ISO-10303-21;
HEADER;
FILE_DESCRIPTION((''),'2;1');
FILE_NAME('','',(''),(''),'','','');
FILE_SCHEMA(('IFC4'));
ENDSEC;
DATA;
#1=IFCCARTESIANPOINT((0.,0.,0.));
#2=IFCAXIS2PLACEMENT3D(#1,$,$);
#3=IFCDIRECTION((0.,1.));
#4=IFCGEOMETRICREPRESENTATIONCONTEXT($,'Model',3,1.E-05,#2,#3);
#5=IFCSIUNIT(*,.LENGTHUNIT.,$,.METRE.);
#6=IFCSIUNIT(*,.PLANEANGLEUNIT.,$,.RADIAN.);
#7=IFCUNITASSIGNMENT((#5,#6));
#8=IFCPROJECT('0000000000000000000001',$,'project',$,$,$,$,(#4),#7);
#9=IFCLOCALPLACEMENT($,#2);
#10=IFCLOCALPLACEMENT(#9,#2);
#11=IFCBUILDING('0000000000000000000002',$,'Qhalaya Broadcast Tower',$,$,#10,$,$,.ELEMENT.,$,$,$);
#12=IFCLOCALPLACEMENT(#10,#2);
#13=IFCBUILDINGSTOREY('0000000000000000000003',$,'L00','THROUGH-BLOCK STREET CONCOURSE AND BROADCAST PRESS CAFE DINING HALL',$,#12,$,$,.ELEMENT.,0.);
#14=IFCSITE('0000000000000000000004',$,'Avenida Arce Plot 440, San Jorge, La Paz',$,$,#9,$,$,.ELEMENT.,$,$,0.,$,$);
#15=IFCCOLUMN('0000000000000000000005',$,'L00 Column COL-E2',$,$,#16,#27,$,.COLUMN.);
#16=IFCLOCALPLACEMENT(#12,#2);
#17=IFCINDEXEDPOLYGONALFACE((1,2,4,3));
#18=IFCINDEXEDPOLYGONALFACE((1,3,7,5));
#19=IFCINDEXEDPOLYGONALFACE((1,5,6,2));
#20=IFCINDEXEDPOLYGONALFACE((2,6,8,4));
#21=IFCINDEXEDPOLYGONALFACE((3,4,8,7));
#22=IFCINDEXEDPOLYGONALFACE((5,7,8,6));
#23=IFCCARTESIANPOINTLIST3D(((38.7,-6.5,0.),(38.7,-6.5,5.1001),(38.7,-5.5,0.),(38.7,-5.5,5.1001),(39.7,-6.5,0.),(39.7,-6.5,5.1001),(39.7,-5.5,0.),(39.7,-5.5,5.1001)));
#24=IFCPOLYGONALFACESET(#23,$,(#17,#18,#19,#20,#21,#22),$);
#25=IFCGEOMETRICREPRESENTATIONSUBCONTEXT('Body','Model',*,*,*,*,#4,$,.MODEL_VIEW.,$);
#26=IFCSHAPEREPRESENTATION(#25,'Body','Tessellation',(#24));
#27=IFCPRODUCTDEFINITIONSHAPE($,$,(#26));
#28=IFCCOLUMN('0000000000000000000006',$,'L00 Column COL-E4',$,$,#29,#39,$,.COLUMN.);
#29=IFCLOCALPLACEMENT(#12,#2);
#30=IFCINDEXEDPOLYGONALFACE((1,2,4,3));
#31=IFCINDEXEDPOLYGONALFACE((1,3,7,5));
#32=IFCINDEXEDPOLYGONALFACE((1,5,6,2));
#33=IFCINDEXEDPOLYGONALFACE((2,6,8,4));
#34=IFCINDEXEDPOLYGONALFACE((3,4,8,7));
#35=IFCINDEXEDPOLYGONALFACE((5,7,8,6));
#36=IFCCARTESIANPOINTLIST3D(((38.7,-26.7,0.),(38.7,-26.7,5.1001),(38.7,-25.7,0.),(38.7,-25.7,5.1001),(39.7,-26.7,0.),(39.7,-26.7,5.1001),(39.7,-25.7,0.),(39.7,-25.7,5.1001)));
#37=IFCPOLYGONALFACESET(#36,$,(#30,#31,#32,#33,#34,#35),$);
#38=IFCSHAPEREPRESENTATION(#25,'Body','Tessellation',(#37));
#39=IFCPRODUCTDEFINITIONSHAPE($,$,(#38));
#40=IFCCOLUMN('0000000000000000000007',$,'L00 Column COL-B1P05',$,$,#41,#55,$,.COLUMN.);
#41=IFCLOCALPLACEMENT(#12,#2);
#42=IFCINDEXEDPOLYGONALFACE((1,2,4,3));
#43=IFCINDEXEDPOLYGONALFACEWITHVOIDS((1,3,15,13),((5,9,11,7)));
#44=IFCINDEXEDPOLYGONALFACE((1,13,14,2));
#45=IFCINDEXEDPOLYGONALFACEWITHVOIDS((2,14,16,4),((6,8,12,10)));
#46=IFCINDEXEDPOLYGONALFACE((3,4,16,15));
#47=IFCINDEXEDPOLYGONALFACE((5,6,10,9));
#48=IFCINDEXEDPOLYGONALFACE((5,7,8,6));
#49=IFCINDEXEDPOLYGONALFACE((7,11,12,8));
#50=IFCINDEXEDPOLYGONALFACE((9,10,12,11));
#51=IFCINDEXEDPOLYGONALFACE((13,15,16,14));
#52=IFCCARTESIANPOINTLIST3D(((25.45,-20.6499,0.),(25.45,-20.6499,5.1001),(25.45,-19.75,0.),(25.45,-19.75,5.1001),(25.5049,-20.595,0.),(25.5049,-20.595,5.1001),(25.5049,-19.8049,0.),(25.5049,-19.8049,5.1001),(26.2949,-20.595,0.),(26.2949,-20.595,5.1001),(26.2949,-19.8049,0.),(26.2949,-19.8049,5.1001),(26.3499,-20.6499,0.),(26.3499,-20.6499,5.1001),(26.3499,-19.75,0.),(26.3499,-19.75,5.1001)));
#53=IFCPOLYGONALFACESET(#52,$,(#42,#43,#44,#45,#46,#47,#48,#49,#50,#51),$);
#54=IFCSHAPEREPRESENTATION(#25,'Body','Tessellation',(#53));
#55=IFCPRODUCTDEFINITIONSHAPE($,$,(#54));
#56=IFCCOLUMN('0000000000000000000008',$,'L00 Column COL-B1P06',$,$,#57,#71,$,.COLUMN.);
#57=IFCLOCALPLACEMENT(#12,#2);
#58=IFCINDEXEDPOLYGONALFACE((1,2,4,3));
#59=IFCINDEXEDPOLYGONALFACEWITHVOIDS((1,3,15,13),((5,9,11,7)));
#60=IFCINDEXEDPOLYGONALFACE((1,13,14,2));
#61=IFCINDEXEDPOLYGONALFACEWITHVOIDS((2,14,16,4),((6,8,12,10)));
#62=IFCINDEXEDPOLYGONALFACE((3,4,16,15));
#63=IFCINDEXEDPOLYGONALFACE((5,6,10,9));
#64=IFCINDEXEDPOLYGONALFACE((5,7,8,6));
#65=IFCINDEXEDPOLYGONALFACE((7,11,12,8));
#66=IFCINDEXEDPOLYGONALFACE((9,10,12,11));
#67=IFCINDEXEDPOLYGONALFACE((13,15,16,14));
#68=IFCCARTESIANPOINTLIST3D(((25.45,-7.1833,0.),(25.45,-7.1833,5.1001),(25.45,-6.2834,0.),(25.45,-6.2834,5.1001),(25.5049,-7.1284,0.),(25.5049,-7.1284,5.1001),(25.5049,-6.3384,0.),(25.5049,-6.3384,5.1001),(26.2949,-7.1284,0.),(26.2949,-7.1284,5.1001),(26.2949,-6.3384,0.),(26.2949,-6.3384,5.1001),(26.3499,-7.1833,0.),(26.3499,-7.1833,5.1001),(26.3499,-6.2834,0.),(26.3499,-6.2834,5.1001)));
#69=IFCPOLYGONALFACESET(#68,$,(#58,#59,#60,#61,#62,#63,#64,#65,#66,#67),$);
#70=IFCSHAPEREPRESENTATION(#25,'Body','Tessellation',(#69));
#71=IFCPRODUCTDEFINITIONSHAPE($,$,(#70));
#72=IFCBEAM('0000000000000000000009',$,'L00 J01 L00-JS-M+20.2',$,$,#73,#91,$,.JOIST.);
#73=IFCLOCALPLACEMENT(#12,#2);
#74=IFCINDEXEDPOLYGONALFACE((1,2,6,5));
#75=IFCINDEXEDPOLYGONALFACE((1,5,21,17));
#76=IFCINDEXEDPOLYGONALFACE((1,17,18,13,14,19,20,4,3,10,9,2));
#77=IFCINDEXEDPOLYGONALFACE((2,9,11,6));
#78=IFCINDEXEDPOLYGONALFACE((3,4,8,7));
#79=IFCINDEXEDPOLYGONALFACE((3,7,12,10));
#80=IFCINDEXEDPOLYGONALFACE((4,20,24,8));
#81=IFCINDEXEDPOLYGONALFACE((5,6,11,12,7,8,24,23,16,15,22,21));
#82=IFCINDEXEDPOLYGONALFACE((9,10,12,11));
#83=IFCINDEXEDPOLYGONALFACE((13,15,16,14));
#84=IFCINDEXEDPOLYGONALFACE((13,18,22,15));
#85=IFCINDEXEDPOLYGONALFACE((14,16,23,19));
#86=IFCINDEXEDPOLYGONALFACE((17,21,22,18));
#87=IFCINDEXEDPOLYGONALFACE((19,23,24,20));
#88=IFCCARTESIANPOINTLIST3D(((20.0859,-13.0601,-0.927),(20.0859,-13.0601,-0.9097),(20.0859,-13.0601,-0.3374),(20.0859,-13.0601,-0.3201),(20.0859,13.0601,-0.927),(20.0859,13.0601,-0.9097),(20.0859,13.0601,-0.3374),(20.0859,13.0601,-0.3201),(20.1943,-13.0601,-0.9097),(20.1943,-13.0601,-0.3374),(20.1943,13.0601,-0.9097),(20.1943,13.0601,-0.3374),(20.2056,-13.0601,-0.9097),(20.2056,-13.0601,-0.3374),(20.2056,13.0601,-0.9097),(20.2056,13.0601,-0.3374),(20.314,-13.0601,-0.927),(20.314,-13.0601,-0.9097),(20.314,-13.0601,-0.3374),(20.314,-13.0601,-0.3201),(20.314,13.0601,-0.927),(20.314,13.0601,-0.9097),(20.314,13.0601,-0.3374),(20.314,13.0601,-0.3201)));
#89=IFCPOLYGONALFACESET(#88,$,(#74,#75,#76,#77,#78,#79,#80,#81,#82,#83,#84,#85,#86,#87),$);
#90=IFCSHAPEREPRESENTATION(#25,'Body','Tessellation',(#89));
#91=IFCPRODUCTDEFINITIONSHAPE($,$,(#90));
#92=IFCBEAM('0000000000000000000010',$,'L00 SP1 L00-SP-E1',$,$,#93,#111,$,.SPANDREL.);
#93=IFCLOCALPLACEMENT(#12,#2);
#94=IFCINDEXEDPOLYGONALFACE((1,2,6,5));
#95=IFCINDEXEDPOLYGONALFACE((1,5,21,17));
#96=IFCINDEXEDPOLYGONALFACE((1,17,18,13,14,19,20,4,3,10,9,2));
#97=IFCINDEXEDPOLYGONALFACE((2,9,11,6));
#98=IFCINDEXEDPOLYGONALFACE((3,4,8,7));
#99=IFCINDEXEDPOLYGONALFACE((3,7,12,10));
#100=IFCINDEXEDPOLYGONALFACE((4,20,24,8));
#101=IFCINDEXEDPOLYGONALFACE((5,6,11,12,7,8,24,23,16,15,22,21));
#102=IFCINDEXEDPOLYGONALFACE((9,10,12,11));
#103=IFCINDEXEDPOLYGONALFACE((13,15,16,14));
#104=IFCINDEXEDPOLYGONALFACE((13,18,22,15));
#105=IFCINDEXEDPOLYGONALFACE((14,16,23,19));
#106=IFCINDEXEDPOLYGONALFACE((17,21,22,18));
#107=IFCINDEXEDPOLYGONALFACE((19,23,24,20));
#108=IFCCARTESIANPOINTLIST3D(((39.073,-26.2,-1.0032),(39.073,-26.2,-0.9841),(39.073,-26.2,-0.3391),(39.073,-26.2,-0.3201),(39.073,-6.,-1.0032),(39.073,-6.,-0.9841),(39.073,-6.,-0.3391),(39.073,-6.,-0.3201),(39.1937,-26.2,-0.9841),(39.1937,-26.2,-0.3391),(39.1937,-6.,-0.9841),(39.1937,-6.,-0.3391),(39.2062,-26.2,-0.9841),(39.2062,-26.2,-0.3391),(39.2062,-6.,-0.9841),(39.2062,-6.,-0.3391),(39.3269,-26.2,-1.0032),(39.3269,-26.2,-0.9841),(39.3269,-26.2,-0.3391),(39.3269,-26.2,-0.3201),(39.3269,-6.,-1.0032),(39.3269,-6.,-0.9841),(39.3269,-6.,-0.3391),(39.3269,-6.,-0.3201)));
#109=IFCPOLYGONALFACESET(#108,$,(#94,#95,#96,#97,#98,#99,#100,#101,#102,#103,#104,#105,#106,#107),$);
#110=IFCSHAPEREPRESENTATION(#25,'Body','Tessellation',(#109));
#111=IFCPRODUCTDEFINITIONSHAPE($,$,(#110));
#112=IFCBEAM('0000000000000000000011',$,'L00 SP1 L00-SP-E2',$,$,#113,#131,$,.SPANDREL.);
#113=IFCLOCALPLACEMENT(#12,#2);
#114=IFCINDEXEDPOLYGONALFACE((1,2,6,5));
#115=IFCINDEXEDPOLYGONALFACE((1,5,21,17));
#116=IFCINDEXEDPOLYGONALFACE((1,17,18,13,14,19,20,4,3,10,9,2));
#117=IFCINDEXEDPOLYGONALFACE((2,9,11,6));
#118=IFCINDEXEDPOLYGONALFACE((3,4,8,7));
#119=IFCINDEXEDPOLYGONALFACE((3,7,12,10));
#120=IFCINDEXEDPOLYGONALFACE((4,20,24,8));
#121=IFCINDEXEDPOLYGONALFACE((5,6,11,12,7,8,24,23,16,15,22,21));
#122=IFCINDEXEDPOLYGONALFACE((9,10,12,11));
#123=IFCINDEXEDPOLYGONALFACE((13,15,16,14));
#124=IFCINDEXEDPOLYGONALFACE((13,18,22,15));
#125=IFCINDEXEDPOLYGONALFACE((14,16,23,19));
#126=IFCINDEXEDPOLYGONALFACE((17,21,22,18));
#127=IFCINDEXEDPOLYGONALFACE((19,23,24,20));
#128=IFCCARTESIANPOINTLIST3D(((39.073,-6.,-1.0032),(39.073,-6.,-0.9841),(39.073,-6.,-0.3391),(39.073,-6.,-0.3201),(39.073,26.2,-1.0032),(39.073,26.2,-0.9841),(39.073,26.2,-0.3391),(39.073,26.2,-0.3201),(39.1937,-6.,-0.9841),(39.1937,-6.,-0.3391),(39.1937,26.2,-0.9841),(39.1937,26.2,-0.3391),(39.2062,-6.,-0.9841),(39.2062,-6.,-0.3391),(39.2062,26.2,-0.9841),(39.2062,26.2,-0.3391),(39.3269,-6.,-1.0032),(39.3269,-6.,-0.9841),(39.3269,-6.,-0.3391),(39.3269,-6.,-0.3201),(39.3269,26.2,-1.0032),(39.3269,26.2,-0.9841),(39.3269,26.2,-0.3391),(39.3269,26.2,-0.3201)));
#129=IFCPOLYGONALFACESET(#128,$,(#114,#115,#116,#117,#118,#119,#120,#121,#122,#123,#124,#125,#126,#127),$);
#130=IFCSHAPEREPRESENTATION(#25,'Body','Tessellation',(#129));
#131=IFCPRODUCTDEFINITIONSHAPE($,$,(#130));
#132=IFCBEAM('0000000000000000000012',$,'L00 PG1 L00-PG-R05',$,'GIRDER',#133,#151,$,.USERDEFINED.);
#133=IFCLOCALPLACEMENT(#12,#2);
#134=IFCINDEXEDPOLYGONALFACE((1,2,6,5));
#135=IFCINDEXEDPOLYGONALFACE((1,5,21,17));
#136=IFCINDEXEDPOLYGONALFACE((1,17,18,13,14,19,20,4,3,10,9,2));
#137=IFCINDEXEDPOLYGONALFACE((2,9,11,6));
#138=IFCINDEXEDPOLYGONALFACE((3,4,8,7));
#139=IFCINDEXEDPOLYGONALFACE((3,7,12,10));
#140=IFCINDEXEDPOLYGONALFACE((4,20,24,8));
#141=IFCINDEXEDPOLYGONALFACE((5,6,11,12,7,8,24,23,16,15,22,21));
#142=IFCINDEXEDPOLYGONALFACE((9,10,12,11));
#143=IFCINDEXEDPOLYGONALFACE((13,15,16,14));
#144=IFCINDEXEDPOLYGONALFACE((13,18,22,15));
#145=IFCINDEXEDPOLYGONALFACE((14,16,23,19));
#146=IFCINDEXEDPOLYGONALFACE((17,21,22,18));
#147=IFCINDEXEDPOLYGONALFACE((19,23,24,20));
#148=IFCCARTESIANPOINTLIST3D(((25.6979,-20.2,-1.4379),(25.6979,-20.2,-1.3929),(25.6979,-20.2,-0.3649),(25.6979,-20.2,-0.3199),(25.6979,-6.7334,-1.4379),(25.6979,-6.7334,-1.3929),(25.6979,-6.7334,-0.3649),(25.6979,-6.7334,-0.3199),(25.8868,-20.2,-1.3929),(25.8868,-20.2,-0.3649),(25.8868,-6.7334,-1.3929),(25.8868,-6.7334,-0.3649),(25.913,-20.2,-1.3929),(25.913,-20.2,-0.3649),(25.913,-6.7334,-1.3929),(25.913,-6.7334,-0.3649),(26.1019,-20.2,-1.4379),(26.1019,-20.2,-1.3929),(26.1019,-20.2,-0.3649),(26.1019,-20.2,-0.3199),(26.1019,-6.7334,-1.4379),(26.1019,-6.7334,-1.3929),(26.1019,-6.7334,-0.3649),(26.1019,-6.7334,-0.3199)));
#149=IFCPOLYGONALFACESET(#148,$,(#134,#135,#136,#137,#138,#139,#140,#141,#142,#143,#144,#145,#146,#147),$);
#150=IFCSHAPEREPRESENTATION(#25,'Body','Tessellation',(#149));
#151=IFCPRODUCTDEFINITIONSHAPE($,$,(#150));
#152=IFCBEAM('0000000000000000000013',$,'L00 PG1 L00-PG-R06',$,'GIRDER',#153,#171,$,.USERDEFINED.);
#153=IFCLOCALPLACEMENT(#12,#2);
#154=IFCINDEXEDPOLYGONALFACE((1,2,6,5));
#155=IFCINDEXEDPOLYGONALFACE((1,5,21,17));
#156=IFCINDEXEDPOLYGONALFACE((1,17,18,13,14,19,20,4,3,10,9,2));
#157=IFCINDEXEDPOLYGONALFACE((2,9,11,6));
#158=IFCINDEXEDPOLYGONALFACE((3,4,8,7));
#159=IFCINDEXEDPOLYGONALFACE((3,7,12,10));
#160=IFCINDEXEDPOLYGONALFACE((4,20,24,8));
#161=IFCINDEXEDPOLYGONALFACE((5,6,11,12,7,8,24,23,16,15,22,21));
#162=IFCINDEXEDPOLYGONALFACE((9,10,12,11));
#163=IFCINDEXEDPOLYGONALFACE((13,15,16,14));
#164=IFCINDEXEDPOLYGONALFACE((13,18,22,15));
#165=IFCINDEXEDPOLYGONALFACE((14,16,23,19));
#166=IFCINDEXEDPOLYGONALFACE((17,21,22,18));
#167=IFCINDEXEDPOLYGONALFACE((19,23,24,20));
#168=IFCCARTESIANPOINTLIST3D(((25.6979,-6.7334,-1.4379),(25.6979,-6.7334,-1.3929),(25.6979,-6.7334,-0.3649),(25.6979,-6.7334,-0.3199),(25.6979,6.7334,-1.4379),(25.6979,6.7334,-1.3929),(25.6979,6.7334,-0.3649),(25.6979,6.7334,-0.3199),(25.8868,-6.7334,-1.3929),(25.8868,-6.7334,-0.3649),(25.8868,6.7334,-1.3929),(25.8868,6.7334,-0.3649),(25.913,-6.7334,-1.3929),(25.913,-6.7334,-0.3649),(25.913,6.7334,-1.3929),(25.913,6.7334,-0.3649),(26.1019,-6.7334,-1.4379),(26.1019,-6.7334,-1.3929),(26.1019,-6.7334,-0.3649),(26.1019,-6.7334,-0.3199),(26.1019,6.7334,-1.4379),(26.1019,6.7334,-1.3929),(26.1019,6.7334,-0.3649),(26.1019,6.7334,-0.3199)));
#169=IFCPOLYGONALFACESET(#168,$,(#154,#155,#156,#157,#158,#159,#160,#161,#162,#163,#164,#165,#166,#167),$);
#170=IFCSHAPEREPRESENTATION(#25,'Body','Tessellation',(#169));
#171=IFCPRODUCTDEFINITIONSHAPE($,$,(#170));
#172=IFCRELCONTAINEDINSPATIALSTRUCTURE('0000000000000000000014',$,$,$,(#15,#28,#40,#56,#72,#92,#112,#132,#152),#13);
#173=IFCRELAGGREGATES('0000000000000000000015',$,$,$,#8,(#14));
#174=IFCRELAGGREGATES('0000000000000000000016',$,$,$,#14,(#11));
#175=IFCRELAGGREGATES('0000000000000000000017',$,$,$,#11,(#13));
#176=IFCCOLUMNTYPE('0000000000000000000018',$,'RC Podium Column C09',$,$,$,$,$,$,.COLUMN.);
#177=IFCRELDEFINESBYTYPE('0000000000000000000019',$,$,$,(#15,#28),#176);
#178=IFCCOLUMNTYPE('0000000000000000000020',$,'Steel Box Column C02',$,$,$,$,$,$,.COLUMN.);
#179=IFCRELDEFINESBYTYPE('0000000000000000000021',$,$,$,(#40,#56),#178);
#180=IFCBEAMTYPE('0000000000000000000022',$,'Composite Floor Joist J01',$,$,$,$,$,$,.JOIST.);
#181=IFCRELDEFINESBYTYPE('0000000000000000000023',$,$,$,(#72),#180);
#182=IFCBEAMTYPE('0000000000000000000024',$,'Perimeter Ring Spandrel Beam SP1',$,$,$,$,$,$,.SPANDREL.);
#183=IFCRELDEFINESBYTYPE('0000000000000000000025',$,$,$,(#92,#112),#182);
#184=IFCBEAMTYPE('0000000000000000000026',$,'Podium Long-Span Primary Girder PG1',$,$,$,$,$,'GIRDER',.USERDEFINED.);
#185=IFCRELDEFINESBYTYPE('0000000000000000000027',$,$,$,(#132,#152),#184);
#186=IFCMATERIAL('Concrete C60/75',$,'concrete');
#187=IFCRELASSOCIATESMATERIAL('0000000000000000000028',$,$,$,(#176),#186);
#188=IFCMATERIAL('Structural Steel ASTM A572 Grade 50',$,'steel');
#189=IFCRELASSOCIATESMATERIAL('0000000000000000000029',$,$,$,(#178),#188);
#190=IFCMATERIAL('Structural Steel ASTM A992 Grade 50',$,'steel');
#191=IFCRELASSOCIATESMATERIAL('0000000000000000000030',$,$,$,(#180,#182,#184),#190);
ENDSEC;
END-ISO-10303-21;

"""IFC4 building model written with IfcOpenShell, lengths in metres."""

from ifc_helpers import new_model, si_unit, direction, frame, origin, origin_2d, place, context, subcontext, project, spatial, rectangle, hollow_rectangle, i_section, extrude, material, material_profile, profile_set, type_object, element, save


model = new_model("IFC4")

# Units and contexts
model_context = context("Model", 3, precision=1e-05, world=origin(), true_north=direction((0.0, 1.0)))
body_context = subcontext(model_context, "Body", "Model", "MODEL_VIEW")
ifc_project = project(units=[si_unit("LENGTHUNIT", "METRE"), si_unit("PLANEANGLEUNIT", "RADIAN")], contexts=[model_context])

# Site, building, storey
site_placement = place(None, origin())
site = spatial("IfcSite", under=ifc_project, at=site_placement, Name="Avenida Arce Plot 440, San Jorge, La Paz", CompositionType="ELEMENT", RefElevation=0.0)
building_placement = place(site_placement, origin())
building = spatial("IfcBuilding", under=site, at=building_placement, Name="Qhalaya Broadcast Tower", CompositionType="ELEMENT")
storey_placement = place(building_placement, origin())
storey = spatial("IfcBuildingStorey", under=building, at=storey_placement, Name="L00", Description="THROUGH-BLOCK STREET CONCOURSE AND BROADCAST PRESS CAFE DINING HALL", CompositionType="ELEMENT", Elevation=0.0)

# Columns
ifc_material_1 = material(Name="Concrete C60/75", Category="concrete")
ifc_material_profile_1 = material_profile(ifc_material_1, rectangle(XDim=1.0, YDim=1.0, at=origin_2d()), Name="RC-COL 1000x1000")
ifc_profile_set_1 = profile_set([ifc_material_profile_1], Name="Concrete C60/75")
column_type_1 = type_object("IfcColumnType", Name="RC Podium Column C09", PredefinedType="COLUMN", material=ifc_profile_set_1)
for number, where, z_axis, x_axis, name in (
    (1, (39.2, -6.0, 0.0), (0.0, 0.0, 1.0), (1.0, 0.0, 0.0), "L00 Column COL-E2"),
    (2, (39.2, -26.2, 0.0), (0.0, 0.0, 1.0), (1.0, 0.0, 0.0), "L00 Column COL-E4"),
):
    element("IfcColumn", number, at=place(storey_placement, frame(where, z_axis=z_axis, x_axis=x_axis)), inside=storey, type_object=column_type_1, Name=name, PredefinedType="COLUMN", context=body_context, shape_type="SweptSolid", body=[
        extrude(rectangle(XDim=1.0, YDim=1.0, at=origin_2d()), origin(), (0.0, 0.0, 1.0), 5.1001),
    ])
ifc_material_2 = material(Name="Structural Steel ASTM A572 Grade 50", Category="steel")
ifc_material_profile_2 = material_profile(ifc_material_2, hollow_rectangle(XDim=0.8999, YDim=0.8999, WallThickness=0.0549, at=origin_2d()), Name="BOX 900x900x55")
ifc_profile_set_2 = profile_set([ifc_material_profile_2], Name="Structural Steel ASTM A572 Grade 50")
column_type_2 = type_object("IfcColumnType", Name="Steel Box Column C02", PredefinedType="COLUMN", material=ifc_profile_set_2)
for number, where, z_axis, x_axis, name in (
    (3, (25.8999, -20.2, 0.0), (0.0, 0.0, 1.0), (0.0, 1.0, 0.0), "L00 Column COL-B1P05"),
    (4, (25.8999, -6.7334, 0.0), (0.0, 0.0, 1.0), (0.0, 1.0, 0.0), "L00 Column COL-B1P06"),
):
    element("IfcColumn", number, at=place(storey_placement, frame(where, z_axis=z_axis, x_axis=x_axis)), inside=storey, type_object=column_type_2, Name=name, PredefinedType="COLUMN", context=body_context, shape_type="SweptSolid", body=[
        extrude(hollow_rectangle(XDim=0.8999, YDim=0.8999, WallThickness=0.0549, at=origin_2d()), origin(), (0.0, 0.0, 1.0), 5.1001),
    ])

# Beams
ifc_material_3 = material(Name="Structural Steel ASTM A992 Grade 50", Category="steel")
ifc_material_profile_3 = material_profile(ifc_material_3, i_section(OverallWidth=0.228, OverallDepth=0.6069, WebThickness=0.0112, FlangeThickness=0.0173, at=origin_2d()), Name="W24X76")
ifc_profile_set_3 = profile_set([ifc_material_profile_3], Name="Structural Steel ASTM A992 Grade 50")
beam_type_1 = type_object("IfcBeamType", Name="Composite Floor Joist J01", PredefinedType="JOIST", material=ifc_profile_set_3)
beam_1_placement = place(storey_placement, frame((20.2, -13.0601, -0.6235), z_axis=(0.0, 1.0, 0.0), x_axis=(-1.0, 0.0, 0.0)))
element("IfcBeam", 5, at=beam_1_placement, inside=storey, type_object=beam_type_1, Name="L00 J01 L00-JS-M+20.2", PredefinedType="JOIST", context=body_context, shape_type="SweptSolid", body=[
    extrude(i_section(OverallWidth=0.228, OverallDepth=0.6069, WebThickness=0.0112, FlangeThickness=0.0173, at=origin_2d()), origin(), (0.0, 0.0, 1.0), 26.1201),
])
ifc_material_profile_4 = material_profile(ifc_material_3, i_section(OverallWidth=0.2539, OverallDepth=0.6831, WebThickness=0.0125, FlangeThickness=0.019, at=origin_2d()), Name="W27X94")
ifc_profile_set_4 = profile_set([ifc_material_profile_4], Name="Structural Steel ASTM A992 Grade 50")
beam_type_2 = type_object("IfcBeamType", Name="Perimeter Ring Spandrel Beam SP1", PredefinedType="SPANDREL", material=ifc_profile_set_4)
beam_2_placement = place(storey_placement, frame((39.2, -26.2, -0.6616), z_axis=(0.0, 1.0, 0.0), x_axis=(-1.0, 0.0, 0.0)))
element("IfcBeam", 6, at=beam_2_placement, inside=storey, type_object=beam_type_2, Name="L00 SP1 L00-SP-E1", PredefinedType="SPANDREL", context=body_context, shape_type="SweptSolid", body=[
    extrude(i_section(OverallWidth=0.2539, OverallDepth=0.6831, WebThickness=0.0125, FlangeThickness=0.019, at=origin_2d()), origin(), (0.0, 0.0, 1.0), 20.2),
])
beam_3_placement = place(storey_placement, frame((39.2, -6.0, -0.6616), z_axis=(0.0, 1.0, 0.0), x_axis=(-1.0, 0.0, 0.0)))
element("IfcBeam", 7, at=beam_3_placement, inside=storey, type_object=beam_type_2, Name="L00 SP1 L00-SP-E2", PredefinedType="SPANDREL", context=body_context, shape_type="SweptSolid", body=[
    extrude(i_section(OverallWidth=0.2539, OverallDepth=0.6831, WebThickness=0.0125, FlangeThickness=0.019, at=origin_2d()), origin(), (0.0, 0.0, 1.0), 32.2),
])
ifc_material_profile_5 = material_profile(ifc_material_3, i_section(OverallWidth=0.4041, OverallDepth=1.1179, WebThickness=0.0261, FlangeThickness=0.0449, at=origin_2d()), Name="W44X335")
ifc_profile_set_5 = profile_set([ifc_material_profile_5], Name="Structural Steel ASTM A992 Grade 50")
beam_type_3 = type_object("IfcBeamType", Name="Podium Long-Span Primary Girder PG1", ElementType="GIRDER", PredefinedType="USERDEFINED", material=ifc_profile_set_5)
beam_4_placement = place(storey_placement, frame((25.8999, -20.2, -0.8789), z_axis=(0.0, 1.0, 0.0), x_axis=(-1.0, 0.0, 0.0)))
element("IfcBeam", 8, at=beam_4_placement, inside=storey, type_object=beam_type_3, Name="L00 PG1 L00-PG-R05", ObjectType="GIRDER", PredefinedType="USERDEFINED", context=body_context, shape_type="SweptSolid", body=[
    extrude(i_section(OverallWidth=0.4041, OverallDepth=1.1179, WebThickness=0.0261, FlangeThickness=0.0449, at=origin_2d()), origin(), (0.0, 0.0, 1.0), 13.4666),
])
beam_5_placement = place(storey_placement, frame((25.8999, -6.7334, -0.8789), z_axis=(0.0, 1.0, 0.0), x_axis=(-1.0, 0.0, 0.0)))
element("IfcBeam", 9, at=beam_5_placement, inside=storey, type_object=beam_type_3, Name="L00 PG1 L00-PG-R06", ObjectType="GIRDER", PredefinedType="USERDEFINED", context=body_context, shape_type="SweptSolid", body=[
    extrude(i_section(OverallWidth=0.4041, OverallDepth=1.1179, WebThickness=0.0261, FlangeThickness=0.0449, at=origin_2d()), origin(), (0.0, 0.0, 1.0), 13.4668),
])

save(model, "model.ifc")
